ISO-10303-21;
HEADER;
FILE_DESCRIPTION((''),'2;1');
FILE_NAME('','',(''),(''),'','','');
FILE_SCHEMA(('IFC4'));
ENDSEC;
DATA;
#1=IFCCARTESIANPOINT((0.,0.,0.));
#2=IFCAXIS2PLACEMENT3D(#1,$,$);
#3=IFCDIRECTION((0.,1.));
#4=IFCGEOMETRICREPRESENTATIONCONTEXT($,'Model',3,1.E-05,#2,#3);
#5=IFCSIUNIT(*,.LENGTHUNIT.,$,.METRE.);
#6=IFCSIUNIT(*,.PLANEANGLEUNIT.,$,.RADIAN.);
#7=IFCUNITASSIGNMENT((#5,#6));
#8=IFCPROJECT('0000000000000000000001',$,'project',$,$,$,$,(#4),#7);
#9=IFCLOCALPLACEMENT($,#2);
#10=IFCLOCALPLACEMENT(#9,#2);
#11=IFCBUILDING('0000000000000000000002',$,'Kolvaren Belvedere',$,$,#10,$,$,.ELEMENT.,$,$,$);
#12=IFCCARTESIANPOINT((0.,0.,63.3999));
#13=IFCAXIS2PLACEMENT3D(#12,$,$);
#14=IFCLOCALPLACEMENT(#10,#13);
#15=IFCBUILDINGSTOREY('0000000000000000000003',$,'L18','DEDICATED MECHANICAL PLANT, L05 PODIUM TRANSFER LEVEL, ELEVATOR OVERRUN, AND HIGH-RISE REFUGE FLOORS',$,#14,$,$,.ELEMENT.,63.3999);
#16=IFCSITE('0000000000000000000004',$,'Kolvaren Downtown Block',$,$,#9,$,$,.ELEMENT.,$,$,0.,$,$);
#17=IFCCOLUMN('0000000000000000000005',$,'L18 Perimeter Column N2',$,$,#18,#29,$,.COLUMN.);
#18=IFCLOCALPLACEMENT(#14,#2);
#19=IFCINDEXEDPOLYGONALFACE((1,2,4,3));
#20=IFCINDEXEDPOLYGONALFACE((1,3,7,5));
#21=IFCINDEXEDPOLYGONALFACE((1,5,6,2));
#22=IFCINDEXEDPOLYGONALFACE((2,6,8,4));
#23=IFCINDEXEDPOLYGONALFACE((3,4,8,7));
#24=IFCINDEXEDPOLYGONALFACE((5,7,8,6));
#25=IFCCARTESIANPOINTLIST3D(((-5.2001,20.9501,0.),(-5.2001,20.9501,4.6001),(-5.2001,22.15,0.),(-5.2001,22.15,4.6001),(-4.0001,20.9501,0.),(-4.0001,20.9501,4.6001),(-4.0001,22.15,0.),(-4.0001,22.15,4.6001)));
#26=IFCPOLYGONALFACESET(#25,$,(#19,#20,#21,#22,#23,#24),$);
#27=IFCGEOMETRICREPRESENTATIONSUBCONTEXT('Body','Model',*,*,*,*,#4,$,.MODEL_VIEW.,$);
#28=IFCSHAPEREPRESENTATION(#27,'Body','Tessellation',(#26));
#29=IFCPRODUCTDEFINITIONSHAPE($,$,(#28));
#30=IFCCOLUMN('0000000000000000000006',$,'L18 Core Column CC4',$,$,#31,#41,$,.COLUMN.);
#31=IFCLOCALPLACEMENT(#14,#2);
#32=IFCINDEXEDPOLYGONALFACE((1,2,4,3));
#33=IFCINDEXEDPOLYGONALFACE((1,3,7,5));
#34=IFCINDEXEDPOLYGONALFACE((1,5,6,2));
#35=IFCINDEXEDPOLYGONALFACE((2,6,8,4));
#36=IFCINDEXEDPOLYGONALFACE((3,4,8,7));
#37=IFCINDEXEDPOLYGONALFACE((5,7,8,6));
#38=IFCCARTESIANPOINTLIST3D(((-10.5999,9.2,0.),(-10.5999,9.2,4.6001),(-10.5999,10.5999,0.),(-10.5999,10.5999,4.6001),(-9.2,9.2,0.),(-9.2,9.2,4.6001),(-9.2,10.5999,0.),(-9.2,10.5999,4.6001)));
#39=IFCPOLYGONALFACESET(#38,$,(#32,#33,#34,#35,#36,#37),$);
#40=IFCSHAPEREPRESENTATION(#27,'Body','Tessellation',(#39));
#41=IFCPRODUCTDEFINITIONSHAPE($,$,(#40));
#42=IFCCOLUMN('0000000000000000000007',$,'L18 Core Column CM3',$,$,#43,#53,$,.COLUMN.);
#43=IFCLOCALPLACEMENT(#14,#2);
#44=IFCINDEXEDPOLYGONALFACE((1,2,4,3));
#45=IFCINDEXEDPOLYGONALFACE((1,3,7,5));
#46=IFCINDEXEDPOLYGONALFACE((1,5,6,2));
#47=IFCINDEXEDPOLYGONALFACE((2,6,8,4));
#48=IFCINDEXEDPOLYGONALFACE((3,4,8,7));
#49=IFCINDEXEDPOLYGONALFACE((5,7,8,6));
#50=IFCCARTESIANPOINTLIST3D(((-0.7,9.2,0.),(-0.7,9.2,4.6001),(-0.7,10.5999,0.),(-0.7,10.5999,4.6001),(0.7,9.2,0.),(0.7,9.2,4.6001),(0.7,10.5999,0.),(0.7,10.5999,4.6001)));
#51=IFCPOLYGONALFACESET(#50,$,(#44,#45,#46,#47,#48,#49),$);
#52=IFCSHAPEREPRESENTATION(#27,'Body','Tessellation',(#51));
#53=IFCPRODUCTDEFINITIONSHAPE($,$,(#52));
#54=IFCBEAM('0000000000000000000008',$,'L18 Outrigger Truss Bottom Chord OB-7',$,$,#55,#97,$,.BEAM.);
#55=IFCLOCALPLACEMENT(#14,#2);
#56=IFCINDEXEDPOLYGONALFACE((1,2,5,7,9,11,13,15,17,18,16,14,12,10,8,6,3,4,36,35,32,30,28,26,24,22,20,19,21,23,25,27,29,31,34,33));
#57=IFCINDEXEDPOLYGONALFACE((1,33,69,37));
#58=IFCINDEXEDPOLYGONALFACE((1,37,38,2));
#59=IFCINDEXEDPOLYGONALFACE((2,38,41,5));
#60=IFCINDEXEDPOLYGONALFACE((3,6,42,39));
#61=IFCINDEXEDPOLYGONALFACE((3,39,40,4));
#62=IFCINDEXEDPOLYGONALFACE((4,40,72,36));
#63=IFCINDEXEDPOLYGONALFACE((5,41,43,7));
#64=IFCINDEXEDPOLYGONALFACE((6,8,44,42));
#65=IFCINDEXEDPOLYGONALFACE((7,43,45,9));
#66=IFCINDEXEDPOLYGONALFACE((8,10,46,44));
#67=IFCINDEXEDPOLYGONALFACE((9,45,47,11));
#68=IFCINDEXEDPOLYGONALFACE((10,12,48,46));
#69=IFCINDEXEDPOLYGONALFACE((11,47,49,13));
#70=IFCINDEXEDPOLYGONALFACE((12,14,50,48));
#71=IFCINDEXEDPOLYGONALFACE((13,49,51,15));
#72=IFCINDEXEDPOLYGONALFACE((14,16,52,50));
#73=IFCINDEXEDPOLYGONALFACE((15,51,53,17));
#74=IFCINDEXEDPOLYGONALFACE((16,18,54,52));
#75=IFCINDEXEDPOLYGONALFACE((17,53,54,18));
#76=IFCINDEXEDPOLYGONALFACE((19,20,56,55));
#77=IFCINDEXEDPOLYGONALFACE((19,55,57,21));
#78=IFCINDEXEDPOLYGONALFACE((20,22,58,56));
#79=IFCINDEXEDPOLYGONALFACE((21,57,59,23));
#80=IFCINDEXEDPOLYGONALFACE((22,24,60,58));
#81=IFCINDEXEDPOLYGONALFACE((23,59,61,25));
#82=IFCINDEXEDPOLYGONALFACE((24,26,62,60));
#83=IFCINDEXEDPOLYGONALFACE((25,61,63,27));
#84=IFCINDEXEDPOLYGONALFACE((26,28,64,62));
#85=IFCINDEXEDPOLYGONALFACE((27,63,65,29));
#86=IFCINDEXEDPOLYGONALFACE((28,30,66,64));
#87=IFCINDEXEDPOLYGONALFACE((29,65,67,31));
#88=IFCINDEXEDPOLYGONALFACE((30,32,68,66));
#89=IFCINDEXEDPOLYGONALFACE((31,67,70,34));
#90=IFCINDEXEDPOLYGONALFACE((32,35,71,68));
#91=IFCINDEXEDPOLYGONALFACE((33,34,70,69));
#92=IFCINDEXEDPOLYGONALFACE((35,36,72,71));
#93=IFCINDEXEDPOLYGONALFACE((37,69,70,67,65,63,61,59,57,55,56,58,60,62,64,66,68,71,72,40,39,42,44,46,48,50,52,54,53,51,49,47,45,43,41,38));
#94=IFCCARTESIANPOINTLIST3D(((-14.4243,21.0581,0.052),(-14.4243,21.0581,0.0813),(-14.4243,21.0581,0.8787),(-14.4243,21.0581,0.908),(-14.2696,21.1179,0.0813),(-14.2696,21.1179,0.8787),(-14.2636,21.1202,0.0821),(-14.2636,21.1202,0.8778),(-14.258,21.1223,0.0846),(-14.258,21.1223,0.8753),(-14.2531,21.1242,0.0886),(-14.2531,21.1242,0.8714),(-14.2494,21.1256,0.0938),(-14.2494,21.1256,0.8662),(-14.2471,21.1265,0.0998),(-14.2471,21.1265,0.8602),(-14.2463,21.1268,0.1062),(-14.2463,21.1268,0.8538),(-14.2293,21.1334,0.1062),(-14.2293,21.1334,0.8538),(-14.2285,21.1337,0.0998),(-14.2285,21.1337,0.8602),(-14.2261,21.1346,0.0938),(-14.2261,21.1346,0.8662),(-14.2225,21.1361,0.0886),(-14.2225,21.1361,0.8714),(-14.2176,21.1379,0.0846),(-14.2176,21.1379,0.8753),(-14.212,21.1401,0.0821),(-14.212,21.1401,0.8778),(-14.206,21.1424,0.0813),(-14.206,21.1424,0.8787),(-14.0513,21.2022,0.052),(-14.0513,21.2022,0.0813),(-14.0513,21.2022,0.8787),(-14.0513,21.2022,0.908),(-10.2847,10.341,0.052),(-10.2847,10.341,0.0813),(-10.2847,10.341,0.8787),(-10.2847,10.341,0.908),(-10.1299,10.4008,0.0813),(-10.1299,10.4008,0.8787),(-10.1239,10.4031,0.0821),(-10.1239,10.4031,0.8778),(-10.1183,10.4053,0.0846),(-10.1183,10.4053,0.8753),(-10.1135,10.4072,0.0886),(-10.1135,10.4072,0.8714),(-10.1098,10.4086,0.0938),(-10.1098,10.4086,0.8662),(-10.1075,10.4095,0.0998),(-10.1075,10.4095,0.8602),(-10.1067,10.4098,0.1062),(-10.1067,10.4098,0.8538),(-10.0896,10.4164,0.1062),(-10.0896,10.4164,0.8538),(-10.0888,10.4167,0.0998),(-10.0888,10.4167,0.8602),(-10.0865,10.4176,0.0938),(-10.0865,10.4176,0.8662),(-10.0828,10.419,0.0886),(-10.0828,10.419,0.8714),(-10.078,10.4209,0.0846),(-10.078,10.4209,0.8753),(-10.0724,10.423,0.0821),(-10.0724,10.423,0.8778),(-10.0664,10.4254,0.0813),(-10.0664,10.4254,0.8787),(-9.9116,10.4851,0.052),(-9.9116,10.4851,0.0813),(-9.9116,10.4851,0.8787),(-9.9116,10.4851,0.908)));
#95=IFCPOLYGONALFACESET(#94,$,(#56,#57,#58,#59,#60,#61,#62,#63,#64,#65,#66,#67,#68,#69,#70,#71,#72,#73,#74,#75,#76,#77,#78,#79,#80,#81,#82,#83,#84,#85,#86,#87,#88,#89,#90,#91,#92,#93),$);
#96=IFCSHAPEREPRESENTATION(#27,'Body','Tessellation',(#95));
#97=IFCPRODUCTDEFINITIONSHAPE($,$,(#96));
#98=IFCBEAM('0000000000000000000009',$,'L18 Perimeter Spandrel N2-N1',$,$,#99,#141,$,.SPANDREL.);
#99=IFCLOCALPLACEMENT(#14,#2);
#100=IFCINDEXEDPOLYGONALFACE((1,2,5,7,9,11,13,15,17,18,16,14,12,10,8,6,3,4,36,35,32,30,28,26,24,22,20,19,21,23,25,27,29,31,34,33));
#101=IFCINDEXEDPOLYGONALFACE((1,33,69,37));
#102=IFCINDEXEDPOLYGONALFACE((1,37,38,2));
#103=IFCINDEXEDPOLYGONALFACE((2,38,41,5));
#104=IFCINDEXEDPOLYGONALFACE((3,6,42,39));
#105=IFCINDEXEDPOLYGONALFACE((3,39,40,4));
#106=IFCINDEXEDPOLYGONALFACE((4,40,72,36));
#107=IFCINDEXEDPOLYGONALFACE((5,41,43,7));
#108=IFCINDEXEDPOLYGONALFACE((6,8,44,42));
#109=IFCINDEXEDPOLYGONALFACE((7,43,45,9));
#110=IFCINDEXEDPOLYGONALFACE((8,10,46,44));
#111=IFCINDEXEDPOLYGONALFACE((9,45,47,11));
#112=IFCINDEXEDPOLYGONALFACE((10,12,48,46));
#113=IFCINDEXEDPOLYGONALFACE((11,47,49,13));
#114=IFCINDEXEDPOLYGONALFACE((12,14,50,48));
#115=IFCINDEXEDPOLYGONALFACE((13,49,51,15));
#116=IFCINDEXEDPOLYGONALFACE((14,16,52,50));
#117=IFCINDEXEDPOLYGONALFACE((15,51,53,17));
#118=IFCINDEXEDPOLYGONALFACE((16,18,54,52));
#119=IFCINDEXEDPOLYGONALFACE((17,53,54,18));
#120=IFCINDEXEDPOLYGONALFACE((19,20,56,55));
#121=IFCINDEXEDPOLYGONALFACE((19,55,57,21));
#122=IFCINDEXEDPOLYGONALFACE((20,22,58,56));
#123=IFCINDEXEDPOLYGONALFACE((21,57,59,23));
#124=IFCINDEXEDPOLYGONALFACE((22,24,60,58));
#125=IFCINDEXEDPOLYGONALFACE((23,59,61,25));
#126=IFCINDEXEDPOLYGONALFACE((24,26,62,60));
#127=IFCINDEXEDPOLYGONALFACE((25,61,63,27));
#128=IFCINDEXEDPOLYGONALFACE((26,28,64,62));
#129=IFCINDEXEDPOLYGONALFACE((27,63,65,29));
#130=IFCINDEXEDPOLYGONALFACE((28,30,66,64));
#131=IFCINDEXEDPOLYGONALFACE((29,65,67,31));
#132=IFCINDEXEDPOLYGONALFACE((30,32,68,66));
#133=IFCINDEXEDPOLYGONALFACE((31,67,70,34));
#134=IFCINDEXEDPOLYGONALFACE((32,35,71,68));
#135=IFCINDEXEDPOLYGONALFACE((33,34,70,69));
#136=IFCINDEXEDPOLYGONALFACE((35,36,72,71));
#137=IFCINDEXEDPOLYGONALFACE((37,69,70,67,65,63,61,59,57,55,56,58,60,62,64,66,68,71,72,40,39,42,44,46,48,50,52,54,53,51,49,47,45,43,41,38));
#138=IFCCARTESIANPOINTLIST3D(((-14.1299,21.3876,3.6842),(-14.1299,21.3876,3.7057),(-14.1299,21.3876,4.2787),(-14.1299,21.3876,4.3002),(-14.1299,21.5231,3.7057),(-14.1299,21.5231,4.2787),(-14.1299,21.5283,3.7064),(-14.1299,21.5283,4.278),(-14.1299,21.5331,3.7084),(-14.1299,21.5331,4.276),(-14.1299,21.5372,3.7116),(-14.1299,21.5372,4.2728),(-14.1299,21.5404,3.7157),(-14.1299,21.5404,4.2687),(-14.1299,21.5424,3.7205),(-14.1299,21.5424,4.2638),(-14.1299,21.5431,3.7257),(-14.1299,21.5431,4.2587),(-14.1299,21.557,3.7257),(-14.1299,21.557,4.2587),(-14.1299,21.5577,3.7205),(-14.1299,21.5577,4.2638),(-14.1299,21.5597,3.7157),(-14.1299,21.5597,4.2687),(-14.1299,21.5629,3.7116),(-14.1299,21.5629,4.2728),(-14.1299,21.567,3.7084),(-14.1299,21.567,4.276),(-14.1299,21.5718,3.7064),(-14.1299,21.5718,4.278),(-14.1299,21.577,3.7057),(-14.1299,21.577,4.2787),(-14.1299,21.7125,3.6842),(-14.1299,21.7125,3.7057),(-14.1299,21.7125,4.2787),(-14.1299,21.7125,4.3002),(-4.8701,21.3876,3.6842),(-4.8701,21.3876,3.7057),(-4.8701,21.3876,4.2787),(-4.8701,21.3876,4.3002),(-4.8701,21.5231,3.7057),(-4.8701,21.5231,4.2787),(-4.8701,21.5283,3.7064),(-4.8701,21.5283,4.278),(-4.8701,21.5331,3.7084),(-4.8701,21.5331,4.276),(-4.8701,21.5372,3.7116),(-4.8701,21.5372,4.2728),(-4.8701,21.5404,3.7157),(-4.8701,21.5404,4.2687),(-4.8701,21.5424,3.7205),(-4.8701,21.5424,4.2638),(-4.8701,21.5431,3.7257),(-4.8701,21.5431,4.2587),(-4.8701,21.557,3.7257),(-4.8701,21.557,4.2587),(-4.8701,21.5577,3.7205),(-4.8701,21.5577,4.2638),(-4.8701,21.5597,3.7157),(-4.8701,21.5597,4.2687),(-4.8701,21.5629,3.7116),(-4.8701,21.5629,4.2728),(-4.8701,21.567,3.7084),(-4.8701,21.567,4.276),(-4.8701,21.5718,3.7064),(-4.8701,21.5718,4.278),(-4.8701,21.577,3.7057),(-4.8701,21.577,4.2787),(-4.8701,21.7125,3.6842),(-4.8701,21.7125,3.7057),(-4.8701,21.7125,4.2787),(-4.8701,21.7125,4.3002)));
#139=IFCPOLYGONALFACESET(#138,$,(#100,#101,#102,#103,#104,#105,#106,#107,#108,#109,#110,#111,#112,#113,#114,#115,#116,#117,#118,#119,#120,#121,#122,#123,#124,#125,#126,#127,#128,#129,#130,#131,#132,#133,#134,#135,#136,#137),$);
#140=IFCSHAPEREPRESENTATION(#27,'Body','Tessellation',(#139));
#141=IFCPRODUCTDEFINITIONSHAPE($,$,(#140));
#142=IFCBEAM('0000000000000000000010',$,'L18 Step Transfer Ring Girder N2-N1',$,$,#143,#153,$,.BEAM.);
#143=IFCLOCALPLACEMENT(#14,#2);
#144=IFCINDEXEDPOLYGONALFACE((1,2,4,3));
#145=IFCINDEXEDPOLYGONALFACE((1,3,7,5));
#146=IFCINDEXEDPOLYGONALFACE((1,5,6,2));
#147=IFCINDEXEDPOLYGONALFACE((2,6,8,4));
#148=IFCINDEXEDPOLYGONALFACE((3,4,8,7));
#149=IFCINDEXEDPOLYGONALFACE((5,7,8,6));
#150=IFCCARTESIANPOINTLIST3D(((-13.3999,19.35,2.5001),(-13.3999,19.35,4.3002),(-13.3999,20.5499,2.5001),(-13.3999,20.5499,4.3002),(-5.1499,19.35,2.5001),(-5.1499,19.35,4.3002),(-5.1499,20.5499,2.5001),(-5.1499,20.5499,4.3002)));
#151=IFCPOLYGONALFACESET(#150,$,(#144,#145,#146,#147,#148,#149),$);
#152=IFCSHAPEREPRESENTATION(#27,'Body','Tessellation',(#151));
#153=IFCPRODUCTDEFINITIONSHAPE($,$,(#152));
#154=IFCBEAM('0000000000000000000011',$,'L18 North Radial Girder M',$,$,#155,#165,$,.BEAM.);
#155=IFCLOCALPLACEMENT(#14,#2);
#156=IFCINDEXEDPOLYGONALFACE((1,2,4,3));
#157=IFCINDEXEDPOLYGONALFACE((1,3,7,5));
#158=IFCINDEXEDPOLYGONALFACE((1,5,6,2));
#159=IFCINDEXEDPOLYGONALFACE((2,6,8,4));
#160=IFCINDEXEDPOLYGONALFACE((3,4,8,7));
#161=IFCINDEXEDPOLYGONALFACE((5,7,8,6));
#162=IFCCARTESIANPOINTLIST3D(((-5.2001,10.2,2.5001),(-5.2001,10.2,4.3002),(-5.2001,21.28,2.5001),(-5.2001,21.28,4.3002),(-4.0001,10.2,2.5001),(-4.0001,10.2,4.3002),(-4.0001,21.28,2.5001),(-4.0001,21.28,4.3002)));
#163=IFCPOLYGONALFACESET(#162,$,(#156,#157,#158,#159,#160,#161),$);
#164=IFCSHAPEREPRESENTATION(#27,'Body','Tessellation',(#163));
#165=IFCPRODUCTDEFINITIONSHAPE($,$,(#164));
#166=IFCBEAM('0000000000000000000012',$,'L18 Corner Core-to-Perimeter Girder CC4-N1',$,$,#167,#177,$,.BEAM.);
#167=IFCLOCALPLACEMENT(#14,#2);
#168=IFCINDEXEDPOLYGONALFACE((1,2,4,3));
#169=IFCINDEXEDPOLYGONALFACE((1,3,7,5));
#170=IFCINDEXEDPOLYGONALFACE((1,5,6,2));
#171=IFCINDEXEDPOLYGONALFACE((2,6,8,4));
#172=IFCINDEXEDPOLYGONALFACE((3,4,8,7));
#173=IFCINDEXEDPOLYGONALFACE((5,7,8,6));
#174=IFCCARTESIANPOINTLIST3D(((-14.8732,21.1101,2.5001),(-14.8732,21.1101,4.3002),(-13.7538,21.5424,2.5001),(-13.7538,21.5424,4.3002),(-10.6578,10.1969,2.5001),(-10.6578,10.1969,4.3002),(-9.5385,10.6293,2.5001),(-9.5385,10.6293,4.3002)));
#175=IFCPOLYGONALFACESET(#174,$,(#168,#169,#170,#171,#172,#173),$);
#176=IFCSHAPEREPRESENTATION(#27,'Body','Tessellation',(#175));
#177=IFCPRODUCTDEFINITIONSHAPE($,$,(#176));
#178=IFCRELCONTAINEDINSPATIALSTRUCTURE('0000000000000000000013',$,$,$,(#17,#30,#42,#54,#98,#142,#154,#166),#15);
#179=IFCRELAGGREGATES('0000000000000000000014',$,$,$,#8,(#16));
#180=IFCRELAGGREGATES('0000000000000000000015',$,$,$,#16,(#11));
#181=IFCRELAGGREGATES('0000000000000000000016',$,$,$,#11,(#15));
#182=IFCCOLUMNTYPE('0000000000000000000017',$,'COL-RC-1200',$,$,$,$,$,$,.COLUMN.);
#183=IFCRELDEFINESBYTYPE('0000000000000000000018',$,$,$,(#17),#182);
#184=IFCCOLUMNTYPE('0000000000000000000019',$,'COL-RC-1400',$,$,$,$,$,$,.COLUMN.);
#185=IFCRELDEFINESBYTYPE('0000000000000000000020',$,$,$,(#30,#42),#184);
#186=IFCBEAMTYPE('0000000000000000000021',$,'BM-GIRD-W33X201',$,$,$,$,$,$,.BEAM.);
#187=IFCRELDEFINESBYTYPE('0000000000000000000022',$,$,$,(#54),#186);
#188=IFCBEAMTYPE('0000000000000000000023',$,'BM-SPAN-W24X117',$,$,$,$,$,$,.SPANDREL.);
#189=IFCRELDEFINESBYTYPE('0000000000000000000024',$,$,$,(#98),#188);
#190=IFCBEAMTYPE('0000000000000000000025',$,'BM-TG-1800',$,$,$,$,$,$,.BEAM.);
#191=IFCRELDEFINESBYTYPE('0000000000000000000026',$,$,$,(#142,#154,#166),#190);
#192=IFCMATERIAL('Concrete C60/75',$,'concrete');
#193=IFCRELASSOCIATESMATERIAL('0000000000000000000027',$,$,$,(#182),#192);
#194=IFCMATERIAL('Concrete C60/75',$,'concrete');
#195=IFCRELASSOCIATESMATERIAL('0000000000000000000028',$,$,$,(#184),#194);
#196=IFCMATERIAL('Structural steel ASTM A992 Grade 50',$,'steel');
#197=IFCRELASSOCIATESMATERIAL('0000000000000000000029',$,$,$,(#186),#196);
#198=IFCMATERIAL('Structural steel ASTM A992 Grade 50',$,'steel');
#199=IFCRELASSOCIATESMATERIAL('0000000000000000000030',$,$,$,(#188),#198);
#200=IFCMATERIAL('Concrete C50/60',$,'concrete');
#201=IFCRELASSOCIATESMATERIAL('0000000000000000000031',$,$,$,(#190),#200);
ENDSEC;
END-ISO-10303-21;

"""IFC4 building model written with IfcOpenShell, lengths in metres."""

from ifc_helpers import new_model, si_unit, direction, frame, origin, origin_2d, place, context, subcontext, project, spatial, rectangle, i_section, extrude, material, material_profile, profile_set, type_object, element, save


model = new_model("IFC4")

# Units and contexts
model_context = context("Model", 3, precision=1e-05, world=origin(), true_north=direction((0.0, 1.0)))
body_context = subcontext(model_context, "Body", "Model", "MODEL_VIEW")
ifc_project = project(units=[si_unit("LENGTHUNIT", "METRE"), si_unit("PLANEANGLEUNIT", "RADIAN")], contexts=[model_context])

# Site, building, storey
site_placement = place(None, origin())
site = spatial("IfcSite", under=ifc_project, at=site_placement, Name="Kolvaren Downtown Block", CompositionType="ELEMENT", RefElevation=0.0)
building_placement = place(site_placement, origin())
building = spatial("IfcBuilding", under=site, at=building_placement, Name="Kolvaren Belvedere", CompositionType="ELEMENT")
storey_placement = place(building_placement, frame((0.0, 0.0, 63.3999)))
storey = spatial("IfcBuildingStorey", under=building, at=storey_placement, Name="L18", Description="DEDICATED MECHANICAL PLANT, L05 PODIUM TRANSFER LEVEL, ELEVATOR OVERRUN, AND HIGH-RISE REFUGE FLOORS", CompositionType="ELEMENT", Elevation=63.3999)

# Columns
ifc_material_1 = material(Name="Concrete C60/75", Category="concrete")
ifc_material_profile_1 = material_profile(ifc_material_1, rectangle(XDim=1.2, YDim=1.2, at=origin_2d()), Name="RC 1200X1200")
ifc_profile_set_1 = profile_set([ifc_material_profile_1], Name="Concrete C60/75")
column_type_1 = type_object("IfcColumnType", Name="COL-RC-1200", PredefinedType="COLUMN", material=ifc_profile_set_1)
column_placement = place(storey_placement, frame((-4.6001, 21.55, 0.0), z_axis=(0.0, 0.0, 1.0), x_axis=(1.0, 0.0, 0.0)))
element("IfcColumn", 1, at=column_placement, inside=storey, type_object=column_type_1, Name="L18 Perimeter Column N2", PredefinedType="COLUMN", context=body_context, shape_type="SweptSolid", body=[
    extrude(rectangle(XDim=1.2, YDim=1.2, at=origin_2d()), origin(), (0.0, 0.0, 1.0), 4.6001),
])
ifc_material_2 = material(Name="Concrete C60/75", Category="concrete")
ifc_material_profile_2 = material_profile(ifc_material_2, rectangle(XDim=1.3999, YDim=1.3999, at=origin_2d()), Name="RC 1400X1400")
ifc_profile_set_2 = profile_set([ifc_material_profile_2], Name="Concrete C60/75")
column_type_2 = type_object("IfcColumnType", Name="COL-RC-1400", PredefinedType="COLUMN", material=ifc_profile_set_2)
for number, where, z_axis, x_axis, name in (
    (2, (-9.8999, 9.8999, 0.0), (0.0, 0.0, 1.0), (1.0, 0.0, 0.0), "L18 Core Column CC4"),
    (3, (0.0, 9.8999, 0.0), (0.0, 0.0, 1.0), (1.0, 0.0, 0.0), "L18 Core Column CM3"),
):
    element("IfcColumn", number, at=place(storey_placement, frame(where, z_axis=z_axis, x_axis=x_axis)), inside=storey, type_object=column_type_2, Name=name, PredefinedType="COLUMN", context=body_context, shape_type="SweptSolid", body=[
        extrude(rectangle(XDim=1.3999, YDim=1.3999, at=origin_2d()), origin(), (0.0, 0.0, 1.0), 4.6001),
    ])

# Beams
ifc_material_3 = material(Name="Structural steel ASTM A992 Grade 50", Category="steel")
ifc_material_profile_3 = material_profile(ifc_material_3, i_section(OverallWidth=0.3999, OverallDepth=0.856, WebThickness=0.0183, FlangeThickness=0.0293, FilletRadius=0.0249, at=origin_2d()), Name="W33X201")
ifc_profile_set_3 = profile_set([ifc_material_profile_3], Name="Structural steel ASTM A992 Grade 50")
beam_type_1 = type_object("IfcBeamType", Name="BM-GIRD-W33X201", PredefinedType="BEAM", material=ifc_profile_set_3)
beam_1_placement = place(storey_placement, frame((-10.0981, 10.4131, 0.48), z_axis=(-0.360322, 0.932828, 0.0), x_axis=(-0.932828, -0.360322, 0.0)))
element("IfcBeam", 4, at=beam_1_placement, inside=storey, type_object=beam_type_1, Name="L18 Outrigger Truss Bottom Chord OB-7", PredefinedType="BEAM", context=body_context, shape_type="SweptSolid", body=[
    extrude(i_section(OverallWidth=0.3999, OverallDepth=0.856, WebThickness=0.0183, FlangeThickness=0.0293, FilletRadius=0.0249, at=origin_2d()), origin(), (0.0, 0.0, 1.0), 11.4888),
])
ifc_material_4 = material(Name="Structural steel ASTM A992 Grade 50", Category="steel")
ifc_material_profile_4 = material_profile(ifc_material_4, i_section(OverallWidth=0.325, OverallDepth=0.616, WebThickness=0.0139, FlangeThickness=0.0215, FilletRadius=0.02, at=origin_2d()), Name="W24X117")
ifc_profile_set_4 = profile_set([ifc_material_profile_4], Name="Structural steel ASTM A992 Grade 50")
beam_type_2 = type_object("IfcBeamType", Name="BM-SPAN-W24X117", PredefinedType="SPANDREL", material=ifc_profile_set_4)
beam_2_placement = place(storey_placement, frame((-4.8701, 21.55, 3.9922), z_axis=(-1.0, 0.0, 0.0), x_axis=(0.0, -1.0, 0.0)))
element("IfcBeam", 5, at=beam_2_placement, inside=storey, type_object=beam_type_2, Name="L18 Perimeter Spandrel N2-N1", PredefinedType="SPANDREL", context=body_context, shape_type="SweptSolid", body=[
    extrude(i_section(OverallWidth=0.325, OverallDepth=0.616, WebThickness=0.0139, FlangeThickness=0.0215, FilletRadius=0.02, at=origin_2d()), origin(), (0.0, 0.0, 1.0), 9.2598),
])
ifc_material_5 = material(Name="Concrete C50/60", Category="concrete")
ifc_material_profile_5 = material_profile(ifc_material_5, rectangle(XDim=1.2, YDim=1.8, at=origin_2d()), Name="RC 1200X1800")
ifc_profile_set_5 = profile_set([ifc_material_profile_5], Name="Concrete C50/60")
beam_type_3 = type_object("IfcBeamType", Name="BM-TG-1800", PredefinedType="BEAM", material=ifc_profile_set_5)
beam_3_placement = place(storey_placement, frame((-5.1499, 19.95, 3.4001), z_axis=(-1.0, 0.0, 0.0), x_axis=(0.0, -1.0, 0.0)))
element("IfcBeam", 6, at=beam_3_placement, inside=storey, type_object=beam_type_3, Name="L18 Step Transfer Ring Girder N2-N1", PredefinedType="BEAM", context=body_context, shape_type="SweptSolid", body=[
    extrude(rectangle(XDim=1.2, YDim=1.8, at=origin_2d()), origin(), (0.0, 0.0, 1.0), 8.25),
])
beam_4_placement = place(storey_placement, frame((-4.6001, 10.2, 3.4001), z_axis=(0.0, 1.0, 0.0), x_axis=(-1.0, 0.0, 0.0)))
element("IfcBeam", 7, at=beam_4_placement, inside=storey, type_object=beam_type_3, Name="L18 North Radial Girder M", PredefinedType="BEAM", context=body_context, shape_type="SweptSolid", body=[
    extrude(rectangle(XDim=1.2, YDim=1.8, at=origin_2d()), origin(), (0.0, 0.0, 1.0), 11.0801),
])
beam_5_placement = place(storey_placement, frame((-10.0981, 10.4131, 3.4001), z_axis=(-0.360318, 0.932829, 0.0), x_axis=(-0.932829, -0.360318, 0.0)))
element("IfcBeam", 8, at=beam_5_placement, inside=storey, type_object=beam_type_3, Name="L18 Corner Core-to-Perimeter Girder CC4-N1", PredefinedType="BEAM", context=body_context, shape_type="SweptSolid", body=[
    extrude(rectangle(XDim=1.2, YDim=1.8, at=origin_2d()), origin(), (0.0, 0.0, 1.0), 11.699),
])

save(model, "model.ifc")
